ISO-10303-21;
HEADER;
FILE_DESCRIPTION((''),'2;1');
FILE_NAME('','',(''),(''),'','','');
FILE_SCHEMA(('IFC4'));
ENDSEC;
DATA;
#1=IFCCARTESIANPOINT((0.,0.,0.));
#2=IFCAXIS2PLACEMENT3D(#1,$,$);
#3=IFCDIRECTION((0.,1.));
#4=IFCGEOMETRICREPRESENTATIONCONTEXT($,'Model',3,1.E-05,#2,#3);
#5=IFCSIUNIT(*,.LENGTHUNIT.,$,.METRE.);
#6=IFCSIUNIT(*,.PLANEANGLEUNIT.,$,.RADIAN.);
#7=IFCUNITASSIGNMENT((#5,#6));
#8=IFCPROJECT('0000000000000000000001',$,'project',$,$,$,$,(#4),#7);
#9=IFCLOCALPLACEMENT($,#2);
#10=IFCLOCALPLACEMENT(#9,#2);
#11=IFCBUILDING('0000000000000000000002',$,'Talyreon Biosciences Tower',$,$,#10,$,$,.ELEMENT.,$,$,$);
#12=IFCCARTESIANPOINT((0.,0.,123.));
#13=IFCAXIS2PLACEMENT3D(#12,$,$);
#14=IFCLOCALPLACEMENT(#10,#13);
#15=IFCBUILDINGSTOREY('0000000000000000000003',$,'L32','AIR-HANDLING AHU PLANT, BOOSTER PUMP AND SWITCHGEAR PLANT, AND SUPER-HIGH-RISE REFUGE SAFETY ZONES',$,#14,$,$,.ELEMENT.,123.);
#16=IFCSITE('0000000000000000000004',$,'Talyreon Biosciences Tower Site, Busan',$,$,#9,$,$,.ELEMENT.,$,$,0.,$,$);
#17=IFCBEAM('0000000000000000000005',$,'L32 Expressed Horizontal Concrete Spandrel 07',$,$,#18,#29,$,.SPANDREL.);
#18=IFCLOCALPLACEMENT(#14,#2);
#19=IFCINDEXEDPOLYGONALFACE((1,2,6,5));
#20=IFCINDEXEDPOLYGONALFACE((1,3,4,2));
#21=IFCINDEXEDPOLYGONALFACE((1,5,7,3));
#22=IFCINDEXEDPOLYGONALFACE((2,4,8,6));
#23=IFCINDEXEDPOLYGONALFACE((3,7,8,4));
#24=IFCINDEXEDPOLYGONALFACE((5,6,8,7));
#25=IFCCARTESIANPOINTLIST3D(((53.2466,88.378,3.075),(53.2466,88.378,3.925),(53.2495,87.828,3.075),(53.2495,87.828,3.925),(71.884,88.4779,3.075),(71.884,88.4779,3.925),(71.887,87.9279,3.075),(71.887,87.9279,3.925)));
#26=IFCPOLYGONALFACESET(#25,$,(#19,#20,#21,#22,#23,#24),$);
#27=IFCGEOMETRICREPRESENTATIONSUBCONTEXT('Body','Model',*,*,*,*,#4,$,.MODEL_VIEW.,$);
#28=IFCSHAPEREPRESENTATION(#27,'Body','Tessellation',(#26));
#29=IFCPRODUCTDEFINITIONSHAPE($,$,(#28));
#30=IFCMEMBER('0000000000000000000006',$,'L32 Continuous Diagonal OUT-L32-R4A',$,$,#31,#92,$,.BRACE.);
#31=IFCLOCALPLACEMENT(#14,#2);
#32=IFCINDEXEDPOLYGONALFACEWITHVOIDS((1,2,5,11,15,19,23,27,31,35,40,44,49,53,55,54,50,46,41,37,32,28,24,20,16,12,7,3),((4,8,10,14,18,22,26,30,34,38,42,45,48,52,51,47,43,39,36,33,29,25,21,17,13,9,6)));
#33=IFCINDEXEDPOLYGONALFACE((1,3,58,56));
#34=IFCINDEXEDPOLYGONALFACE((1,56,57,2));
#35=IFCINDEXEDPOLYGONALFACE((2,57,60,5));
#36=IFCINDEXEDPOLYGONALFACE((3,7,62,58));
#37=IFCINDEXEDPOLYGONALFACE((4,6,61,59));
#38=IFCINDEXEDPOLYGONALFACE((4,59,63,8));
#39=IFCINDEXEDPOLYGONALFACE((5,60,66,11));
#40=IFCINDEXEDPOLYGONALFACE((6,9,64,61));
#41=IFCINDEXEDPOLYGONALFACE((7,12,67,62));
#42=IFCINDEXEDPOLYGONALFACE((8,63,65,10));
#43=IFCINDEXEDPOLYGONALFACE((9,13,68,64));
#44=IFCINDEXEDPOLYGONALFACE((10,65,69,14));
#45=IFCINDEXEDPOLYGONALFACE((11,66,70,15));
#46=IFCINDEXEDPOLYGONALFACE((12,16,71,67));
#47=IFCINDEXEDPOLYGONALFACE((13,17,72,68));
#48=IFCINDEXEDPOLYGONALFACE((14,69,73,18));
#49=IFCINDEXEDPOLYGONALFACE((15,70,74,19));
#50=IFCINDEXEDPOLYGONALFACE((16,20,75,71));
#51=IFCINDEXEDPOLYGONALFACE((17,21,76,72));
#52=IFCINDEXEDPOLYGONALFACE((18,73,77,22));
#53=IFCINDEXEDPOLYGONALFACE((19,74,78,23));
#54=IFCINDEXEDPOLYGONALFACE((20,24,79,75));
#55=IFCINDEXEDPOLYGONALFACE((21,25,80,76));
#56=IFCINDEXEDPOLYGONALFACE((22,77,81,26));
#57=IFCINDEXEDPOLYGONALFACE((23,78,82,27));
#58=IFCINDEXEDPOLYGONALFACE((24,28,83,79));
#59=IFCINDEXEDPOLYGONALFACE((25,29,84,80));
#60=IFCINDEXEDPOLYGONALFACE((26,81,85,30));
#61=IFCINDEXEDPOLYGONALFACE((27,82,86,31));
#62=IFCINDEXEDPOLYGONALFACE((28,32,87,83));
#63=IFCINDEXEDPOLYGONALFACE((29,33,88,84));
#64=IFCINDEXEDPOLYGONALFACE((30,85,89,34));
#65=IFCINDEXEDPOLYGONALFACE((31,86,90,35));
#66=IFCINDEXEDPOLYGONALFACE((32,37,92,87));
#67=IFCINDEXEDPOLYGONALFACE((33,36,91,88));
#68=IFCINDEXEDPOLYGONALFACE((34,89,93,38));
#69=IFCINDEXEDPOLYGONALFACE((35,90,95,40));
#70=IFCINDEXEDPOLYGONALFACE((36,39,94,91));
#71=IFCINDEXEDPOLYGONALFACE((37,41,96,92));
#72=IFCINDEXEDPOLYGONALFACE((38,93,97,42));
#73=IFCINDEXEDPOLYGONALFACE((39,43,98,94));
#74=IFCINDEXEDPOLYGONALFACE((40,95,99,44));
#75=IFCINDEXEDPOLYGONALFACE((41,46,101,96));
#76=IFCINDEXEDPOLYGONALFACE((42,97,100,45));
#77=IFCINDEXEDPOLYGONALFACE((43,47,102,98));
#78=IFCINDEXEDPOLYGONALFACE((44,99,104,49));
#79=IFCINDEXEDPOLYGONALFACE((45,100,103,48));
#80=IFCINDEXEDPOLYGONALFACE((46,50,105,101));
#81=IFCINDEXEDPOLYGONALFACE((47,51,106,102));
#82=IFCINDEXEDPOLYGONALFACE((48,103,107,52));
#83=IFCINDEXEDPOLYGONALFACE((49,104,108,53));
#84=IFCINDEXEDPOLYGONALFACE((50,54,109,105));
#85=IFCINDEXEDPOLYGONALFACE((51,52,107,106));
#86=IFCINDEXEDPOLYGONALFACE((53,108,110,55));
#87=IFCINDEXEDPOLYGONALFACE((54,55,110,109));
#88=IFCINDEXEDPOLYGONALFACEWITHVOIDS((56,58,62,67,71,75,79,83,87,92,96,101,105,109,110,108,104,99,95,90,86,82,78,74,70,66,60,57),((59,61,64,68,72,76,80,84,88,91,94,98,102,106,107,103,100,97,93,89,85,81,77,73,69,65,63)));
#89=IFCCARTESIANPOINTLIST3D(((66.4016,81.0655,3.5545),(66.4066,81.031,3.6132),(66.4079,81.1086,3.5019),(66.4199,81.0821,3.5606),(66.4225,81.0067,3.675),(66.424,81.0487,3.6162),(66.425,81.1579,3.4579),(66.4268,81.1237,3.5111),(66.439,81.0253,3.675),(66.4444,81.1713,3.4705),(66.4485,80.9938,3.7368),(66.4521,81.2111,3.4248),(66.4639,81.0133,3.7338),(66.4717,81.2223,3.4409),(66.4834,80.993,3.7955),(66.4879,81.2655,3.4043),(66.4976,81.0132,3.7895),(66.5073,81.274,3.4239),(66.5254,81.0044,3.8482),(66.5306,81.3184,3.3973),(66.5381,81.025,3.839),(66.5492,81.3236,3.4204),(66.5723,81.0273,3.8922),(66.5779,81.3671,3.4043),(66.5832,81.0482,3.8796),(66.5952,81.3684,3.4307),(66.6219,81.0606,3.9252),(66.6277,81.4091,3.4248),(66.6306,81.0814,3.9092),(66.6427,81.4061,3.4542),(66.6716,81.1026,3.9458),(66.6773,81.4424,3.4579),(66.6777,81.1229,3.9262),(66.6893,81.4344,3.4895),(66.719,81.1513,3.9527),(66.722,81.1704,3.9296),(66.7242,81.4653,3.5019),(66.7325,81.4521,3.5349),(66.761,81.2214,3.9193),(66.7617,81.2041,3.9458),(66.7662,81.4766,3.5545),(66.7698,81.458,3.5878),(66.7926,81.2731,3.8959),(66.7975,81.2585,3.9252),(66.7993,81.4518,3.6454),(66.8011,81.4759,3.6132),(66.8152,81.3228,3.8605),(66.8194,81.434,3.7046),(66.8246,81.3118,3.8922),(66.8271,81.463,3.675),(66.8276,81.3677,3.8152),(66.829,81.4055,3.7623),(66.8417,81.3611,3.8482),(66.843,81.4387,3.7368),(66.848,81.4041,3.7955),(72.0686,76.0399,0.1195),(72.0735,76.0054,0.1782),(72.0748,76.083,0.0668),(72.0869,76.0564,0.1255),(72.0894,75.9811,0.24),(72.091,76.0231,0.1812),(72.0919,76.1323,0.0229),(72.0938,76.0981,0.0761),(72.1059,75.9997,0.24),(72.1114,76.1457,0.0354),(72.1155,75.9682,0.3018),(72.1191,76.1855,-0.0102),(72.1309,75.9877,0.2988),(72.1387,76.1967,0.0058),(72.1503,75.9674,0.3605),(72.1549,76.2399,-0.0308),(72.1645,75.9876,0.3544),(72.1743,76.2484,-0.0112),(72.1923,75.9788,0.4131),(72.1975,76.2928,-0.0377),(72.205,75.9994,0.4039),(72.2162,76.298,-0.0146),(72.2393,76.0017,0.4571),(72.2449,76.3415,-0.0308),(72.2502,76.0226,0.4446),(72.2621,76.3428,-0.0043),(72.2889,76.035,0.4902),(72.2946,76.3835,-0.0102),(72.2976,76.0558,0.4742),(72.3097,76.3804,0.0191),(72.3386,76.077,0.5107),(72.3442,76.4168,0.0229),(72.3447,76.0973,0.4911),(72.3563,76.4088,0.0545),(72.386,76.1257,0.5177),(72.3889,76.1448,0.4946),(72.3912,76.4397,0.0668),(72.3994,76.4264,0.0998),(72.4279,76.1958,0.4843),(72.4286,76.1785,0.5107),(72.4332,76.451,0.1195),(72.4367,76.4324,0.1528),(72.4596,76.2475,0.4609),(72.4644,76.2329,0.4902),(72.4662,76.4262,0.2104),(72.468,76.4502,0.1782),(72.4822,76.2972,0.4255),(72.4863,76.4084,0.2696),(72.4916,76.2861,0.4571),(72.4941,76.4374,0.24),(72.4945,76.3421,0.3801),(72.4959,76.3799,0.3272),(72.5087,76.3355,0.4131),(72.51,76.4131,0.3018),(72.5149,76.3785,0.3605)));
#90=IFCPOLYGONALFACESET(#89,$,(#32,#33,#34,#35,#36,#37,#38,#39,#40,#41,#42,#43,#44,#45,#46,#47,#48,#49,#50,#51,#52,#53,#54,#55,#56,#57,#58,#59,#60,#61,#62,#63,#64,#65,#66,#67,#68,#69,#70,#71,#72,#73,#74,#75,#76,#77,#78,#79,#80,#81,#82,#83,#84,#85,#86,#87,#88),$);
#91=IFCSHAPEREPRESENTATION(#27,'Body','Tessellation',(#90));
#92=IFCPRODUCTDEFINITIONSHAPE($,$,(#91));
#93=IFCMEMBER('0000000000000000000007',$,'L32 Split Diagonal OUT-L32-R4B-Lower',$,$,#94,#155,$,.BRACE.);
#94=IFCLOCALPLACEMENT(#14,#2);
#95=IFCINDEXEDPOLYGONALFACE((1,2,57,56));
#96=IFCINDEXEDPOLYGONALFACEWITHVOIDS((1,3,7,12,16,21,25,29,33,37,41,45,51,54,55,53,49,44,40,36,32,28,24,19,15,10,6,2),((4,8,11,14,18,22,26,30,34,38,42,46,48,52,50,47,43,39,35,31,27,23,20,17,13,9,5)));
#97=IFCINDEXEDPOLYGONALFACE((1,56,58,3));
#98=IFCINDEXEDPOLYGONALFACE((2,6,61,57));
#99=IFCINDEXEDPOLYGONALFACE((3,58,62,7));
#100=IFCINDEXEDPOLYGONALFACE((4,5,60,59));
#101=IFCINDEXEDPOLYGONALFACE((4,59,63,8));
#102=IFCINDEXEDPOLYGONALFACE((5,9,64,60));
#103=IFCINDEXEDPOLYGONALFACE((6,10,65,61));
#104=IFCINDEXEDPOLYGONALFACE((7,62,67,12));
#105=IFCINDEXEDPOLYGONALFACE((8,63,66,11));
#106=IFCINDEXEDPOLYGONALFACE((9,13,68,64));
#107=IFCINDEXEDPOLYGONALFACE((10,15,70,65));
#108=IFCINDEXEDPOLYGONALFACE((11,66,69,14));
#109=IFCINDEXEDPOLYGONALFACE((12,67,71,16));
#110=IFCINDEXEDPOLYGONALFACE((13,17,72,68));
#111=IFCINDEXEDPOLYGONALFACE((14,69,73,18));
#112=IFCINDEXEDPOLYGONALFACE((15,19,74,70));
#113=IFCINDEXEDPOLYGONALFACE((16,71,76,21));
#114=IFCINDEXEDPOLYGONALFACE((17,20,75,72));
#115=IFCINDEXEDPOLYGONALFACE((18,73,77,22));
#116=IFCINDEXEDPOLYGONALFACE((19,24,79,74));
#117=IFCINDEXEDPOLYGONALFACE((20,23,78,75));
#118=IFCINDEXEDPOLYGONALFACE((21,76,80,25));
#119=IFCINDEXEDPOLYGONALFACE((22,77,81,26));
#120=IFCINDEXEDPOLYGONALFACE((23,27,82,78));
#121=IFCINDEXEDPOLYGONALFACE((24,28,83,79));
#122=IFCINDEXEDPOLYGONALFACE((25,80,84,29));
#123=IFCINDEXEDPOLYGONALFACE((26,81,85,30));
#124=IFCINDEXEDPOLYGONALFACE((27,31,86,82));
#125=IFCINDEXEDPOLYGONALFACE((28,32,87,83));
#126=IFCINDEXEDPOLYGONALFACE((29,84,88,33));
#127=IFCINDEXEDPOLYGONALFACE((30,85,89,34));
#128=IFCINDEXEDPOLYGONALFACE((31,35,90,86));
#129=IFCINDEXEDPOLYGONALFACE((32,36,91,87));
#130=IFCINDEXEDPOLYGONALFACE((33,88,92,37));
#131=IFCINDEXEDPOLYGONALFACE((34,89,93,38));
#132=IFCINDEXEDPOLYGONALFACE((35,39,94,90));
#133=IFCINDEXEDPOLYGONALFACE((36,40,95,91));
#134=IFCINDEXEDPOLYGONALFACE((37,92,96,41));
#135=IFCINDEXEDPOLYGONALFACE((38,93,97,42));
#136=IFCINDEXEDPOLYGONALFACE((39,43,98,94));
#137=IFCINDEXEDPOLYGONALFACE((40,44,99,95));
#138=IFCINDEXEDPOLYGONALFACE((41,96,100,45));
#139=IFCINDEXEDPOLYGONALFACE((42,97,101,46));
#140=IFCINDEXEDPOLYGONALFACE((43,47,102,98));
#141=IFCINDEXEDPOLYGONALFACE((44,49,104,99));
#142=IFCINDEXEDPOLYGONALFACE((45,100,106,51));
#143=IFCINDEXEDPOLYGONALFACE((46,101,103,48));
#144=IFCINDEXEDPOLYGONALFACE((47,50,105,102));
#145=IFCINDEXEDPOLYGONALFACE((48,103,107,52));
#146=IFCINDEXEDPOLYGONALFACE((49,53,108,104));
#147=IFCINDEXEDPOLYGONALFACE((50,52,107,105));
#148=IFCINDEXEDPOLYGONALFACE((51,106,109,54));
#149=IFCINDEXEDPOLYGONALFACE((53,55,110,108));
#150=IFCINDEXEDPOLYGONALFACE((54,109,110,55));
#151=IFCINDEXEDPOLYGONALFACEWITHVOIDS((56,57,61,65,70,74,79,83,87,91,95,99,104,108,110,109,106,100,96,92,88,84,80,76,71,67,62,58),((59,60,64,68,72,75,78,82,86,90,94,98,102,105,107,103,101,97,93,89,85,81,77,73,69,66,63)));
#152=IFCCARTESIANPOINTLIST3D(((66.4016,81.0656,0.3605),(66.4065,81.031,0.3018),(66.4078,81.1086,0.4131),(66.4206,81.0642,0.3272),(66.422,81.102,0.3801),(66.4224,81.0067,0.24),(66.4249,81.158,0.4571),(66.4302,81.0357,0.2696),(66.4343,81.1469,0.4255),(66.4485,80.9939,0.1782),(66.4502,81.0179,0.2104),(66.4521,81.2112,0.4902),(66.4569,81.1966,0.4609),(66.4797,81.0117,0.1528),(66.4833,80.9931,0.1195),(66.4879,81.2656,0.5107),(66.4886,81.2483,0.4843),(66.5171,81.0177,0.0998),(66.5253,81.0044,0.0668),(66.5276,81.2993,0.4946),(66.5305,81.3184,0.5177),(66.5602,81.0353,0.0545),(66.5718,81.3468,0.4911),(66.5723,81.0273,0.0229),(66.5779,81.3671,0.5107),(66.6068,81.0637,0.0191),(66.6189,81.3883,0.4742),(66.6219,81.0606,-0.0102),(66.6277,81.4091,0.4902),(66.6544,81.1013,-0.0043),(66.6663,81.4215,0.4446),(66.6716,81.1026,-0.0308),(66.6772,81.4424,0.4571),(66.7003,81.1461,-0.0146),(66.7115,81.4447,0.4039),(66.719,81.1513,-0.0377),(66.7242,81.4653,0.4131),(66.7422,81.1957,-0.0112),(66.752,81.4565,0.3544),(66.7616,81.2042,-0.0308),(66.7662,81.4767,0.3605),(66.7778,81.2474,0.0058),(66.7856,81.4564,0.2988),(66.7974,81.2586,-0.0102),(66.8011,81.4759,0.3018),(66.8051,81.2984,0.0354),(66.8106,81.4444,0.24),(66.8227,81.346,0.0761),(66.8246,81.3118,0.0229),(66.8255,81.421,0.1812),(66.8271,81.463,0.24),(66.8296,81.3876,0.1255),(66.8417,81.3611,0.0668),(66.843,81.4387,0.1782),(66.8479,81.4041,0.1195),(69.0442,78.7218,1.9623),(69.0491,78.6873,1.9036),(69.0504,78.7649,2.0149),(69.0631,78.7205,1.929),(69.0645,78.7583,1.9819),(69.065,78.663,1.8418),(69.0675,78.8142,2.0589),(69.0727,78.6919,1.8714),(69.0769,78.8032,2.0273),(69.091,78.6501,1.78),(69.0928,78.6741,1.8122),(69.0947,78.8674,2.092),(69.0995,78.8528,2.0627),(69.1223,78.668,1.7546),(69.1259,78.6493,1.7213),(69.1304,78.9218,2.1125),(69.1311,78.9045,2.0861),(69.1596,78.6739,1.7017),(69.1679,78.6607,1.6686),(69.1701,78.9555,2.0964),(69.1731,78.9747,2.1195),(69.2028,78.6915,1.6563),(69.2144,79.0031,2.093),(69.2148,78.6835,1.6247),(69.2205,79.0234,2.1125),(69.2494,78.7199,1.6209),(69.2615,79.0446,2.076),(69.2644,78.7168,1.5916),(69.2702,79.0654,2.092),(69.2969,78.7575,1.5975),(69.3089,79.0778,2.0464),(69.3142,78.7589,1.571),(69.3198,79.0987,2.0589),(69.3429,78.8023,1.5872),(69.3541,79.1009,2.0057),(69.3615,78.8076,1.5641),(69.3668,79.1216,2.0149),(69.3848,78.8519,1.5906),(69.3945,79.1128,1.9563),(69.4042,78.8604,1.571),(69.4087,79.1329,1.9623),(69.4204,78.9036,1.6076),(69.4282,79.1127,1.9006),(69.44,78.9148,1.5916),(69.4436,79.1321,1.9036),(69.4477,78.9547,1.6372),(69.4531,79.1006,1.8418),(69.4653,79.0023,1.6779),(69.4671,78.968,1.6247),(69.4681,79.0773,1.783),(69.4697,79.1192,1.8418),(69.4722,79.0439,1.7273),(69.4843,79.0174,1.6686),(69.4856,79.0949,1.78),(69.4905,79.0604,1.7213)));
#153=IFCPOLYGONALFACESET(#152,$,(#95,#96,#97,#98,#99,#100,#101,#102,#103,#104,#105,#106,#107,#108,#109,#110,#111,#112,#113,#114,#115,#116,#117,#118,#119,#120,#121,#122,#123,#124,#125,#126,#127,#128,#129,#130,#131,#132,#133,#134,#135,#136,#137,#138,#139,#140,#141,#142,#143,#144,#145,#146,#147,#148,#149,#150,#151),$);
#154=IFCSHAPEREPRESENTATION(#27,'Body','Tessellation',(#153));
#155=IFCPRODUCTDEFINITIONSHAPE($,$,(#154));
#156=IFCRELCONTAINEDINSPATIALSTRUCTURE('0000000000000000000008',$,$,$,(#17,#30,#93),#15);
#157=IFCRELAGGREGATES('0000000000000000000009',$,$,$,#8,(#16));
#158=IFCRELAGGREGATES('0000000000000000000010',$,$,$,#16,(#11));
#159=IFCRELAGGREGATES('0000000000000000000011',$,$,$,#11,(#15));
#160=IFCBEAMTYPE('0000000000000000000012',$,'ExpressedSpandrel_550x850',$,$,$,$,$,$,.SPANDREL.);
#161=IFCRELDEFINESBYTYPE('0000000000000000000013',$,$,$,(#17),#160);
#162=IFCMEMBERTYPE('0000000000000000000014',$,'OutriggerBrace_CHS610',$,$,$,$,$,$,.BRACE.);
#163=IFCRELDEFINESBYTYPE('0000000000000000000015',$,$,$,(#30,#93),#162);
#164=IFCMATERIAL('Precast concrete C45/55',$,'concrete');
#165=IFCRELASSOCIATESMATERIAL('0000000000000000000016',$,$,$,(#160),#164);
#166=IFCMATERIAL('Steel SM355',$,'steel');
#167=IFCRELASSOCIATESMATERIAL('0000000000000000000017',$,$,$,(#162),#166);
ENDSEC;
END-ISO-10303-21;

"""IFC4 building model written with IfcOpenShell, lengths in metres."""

from ifc_helpers import new_model, si_unit, direction, frame, origin, origin_2d, place, context, subcontext, project, spatial, rectangle, hollow_circle, extrude, material, material_profile, profile_set, type_object, element, save


model = new_model("IFC4")

# Units and contexts
model_context = context("Model", 3, precision=1e-05, world=origin(), true_north=direction((0.0, 1.0)))
body_context = subcontext(model_context, "Body", "Model", "MODEL_VIEW")
ifc_project = project(units=[si_unit("LENGTHUNIT", "METRE"), si_unit("PLANEANGLEUNIT", "RADIAN")], contexts=[model_context])

# Site, building, storey
site_placement = place(None, origin())
site = spatial("IfcSite", under=ifc_project, at=site_placement, Name="Talyreon Biosciences Tower Site, Busan", CompositionType="ELEMENT", RefElevation=0.0)
building_placement = place(site_placement, origin())
building = spatial("IfcBuilding", under=site, at=building_placement, Name="Talyreon Biosciences Tower", CompositionType="ELEMENT")
storey_placement = place(building_placement, frame((0.0, 0.0, 123.0)))
storey = spatial("IfcBuildingStorey", under=building, at=storey_placement, Name="L32", Description="AIR-HANDLING AHU PLANT, BOOSTER PUMP AND SWITCHGEAR PLANT, AND SUPER-HIGH-RISE REFUGE SAFETY ZONES", CompositionType="ELEMENT", Elevation=123.0)

# Shared definitions
ifc_material_1 = material(Name="Precast concrete C45/55", Category="concrete")

# Shared definitions
ifc_material_2 = material(Name="Steel SM355", Category="steel")

# Beam
ifc_material_profile_1 = material_profile(ifc_material_1, rectangle(XDim=0.55, YDim=0.8501, at=origin_2d()), Name="RCB 550x850")
ifc_profile_set_1 = profile_set([ifc_material_profile_1], Name="Precast concrete C45/55")
beam_type_1 = type_object("IfcBeamType", Name="ExpressedSpandrel_550x850", PredefinedType="SPANDREL", material=ifc_profile_set_1)
beam_1_placement = place(storey_placement, frame((71.8855, 88.2029, 3.5), z_axis=(-0.999986, -0.005358, 0.0), x_axis=(0.005358, -0.999986, 0.0)))
element("IfcBeam", 1, at=beam_1_placement, inside=storey, type_object=beam_type_1, Name="L32 Expressed Horizontal Concrete Spandrel 07", PredefinedType="SPANDREL", context=body_context, shape_type="SweptSolid", body=[
    extrude(rectangle(XDim=0.55, YDim=0.8501, at=origin_2d()), origin(), (0.0, 0.0, 1.0), 18.6377),
])

# Members
ifc_material_profile_2 = material_profile(ifc_material_2, hollow_circle(Radius=0.3049, WallThickness=0.0249, at=origin_2d()), Name="CHS 610x25")
ifc_profile_set_2 = profile_set([ifc_material_profile_2], Name="Steel SM355")
member_type_1 = type_object("IfcMemberType", Name="OutriggerBrace_CHS610", PredefinedType="BRACE", material=ifc_profile_set_2)
member_1_placement = place(storey_placement, frame((72.2917, 76.2092, 0.24), z_axis=(-0.68138, 0.604265, 0.41302), x_axis=(-0.663501, -0.748175, 0.0)))
element("IfcMember", 2, at=member_1_placement, inside=storey, type_object=member_type_1, Name="L32 Continuous Diagonal OUT-L32-R4A", PredefinedType="BRACE", context=body_context, shape_type="SweptSolid", body=[
    extrude(hollow_circle(Radius=0.3049, WallThickness=0.0249, at=origin_2d()), origin(), (0.0, 0.0, 1.0), 8.3169),
])
member_2_placement = place(storey_placement, frame((66.6248, 81.2349, 0.24), z_axis=(0.681354, -0.604305, 0.413005), x_axis=(0.66354, 0.748141, 0.0)))
element("IfcMember", 3, at=member_2_placement, inside=storey, type_object=member_type_1, Name="L32 Split Diagonal OUT-L32-R4B-Lower", PredefinedType="BRACE", context=body_context, shape_type="SweptSolid", body=[
    extrude(hollow_circle(Radius=0.3049, WallThickness=0.0249, at=origin_2d()), origin(), (0.0, 0.0, 1.0), 3.8784),
])

save(model, "model.ifc")
